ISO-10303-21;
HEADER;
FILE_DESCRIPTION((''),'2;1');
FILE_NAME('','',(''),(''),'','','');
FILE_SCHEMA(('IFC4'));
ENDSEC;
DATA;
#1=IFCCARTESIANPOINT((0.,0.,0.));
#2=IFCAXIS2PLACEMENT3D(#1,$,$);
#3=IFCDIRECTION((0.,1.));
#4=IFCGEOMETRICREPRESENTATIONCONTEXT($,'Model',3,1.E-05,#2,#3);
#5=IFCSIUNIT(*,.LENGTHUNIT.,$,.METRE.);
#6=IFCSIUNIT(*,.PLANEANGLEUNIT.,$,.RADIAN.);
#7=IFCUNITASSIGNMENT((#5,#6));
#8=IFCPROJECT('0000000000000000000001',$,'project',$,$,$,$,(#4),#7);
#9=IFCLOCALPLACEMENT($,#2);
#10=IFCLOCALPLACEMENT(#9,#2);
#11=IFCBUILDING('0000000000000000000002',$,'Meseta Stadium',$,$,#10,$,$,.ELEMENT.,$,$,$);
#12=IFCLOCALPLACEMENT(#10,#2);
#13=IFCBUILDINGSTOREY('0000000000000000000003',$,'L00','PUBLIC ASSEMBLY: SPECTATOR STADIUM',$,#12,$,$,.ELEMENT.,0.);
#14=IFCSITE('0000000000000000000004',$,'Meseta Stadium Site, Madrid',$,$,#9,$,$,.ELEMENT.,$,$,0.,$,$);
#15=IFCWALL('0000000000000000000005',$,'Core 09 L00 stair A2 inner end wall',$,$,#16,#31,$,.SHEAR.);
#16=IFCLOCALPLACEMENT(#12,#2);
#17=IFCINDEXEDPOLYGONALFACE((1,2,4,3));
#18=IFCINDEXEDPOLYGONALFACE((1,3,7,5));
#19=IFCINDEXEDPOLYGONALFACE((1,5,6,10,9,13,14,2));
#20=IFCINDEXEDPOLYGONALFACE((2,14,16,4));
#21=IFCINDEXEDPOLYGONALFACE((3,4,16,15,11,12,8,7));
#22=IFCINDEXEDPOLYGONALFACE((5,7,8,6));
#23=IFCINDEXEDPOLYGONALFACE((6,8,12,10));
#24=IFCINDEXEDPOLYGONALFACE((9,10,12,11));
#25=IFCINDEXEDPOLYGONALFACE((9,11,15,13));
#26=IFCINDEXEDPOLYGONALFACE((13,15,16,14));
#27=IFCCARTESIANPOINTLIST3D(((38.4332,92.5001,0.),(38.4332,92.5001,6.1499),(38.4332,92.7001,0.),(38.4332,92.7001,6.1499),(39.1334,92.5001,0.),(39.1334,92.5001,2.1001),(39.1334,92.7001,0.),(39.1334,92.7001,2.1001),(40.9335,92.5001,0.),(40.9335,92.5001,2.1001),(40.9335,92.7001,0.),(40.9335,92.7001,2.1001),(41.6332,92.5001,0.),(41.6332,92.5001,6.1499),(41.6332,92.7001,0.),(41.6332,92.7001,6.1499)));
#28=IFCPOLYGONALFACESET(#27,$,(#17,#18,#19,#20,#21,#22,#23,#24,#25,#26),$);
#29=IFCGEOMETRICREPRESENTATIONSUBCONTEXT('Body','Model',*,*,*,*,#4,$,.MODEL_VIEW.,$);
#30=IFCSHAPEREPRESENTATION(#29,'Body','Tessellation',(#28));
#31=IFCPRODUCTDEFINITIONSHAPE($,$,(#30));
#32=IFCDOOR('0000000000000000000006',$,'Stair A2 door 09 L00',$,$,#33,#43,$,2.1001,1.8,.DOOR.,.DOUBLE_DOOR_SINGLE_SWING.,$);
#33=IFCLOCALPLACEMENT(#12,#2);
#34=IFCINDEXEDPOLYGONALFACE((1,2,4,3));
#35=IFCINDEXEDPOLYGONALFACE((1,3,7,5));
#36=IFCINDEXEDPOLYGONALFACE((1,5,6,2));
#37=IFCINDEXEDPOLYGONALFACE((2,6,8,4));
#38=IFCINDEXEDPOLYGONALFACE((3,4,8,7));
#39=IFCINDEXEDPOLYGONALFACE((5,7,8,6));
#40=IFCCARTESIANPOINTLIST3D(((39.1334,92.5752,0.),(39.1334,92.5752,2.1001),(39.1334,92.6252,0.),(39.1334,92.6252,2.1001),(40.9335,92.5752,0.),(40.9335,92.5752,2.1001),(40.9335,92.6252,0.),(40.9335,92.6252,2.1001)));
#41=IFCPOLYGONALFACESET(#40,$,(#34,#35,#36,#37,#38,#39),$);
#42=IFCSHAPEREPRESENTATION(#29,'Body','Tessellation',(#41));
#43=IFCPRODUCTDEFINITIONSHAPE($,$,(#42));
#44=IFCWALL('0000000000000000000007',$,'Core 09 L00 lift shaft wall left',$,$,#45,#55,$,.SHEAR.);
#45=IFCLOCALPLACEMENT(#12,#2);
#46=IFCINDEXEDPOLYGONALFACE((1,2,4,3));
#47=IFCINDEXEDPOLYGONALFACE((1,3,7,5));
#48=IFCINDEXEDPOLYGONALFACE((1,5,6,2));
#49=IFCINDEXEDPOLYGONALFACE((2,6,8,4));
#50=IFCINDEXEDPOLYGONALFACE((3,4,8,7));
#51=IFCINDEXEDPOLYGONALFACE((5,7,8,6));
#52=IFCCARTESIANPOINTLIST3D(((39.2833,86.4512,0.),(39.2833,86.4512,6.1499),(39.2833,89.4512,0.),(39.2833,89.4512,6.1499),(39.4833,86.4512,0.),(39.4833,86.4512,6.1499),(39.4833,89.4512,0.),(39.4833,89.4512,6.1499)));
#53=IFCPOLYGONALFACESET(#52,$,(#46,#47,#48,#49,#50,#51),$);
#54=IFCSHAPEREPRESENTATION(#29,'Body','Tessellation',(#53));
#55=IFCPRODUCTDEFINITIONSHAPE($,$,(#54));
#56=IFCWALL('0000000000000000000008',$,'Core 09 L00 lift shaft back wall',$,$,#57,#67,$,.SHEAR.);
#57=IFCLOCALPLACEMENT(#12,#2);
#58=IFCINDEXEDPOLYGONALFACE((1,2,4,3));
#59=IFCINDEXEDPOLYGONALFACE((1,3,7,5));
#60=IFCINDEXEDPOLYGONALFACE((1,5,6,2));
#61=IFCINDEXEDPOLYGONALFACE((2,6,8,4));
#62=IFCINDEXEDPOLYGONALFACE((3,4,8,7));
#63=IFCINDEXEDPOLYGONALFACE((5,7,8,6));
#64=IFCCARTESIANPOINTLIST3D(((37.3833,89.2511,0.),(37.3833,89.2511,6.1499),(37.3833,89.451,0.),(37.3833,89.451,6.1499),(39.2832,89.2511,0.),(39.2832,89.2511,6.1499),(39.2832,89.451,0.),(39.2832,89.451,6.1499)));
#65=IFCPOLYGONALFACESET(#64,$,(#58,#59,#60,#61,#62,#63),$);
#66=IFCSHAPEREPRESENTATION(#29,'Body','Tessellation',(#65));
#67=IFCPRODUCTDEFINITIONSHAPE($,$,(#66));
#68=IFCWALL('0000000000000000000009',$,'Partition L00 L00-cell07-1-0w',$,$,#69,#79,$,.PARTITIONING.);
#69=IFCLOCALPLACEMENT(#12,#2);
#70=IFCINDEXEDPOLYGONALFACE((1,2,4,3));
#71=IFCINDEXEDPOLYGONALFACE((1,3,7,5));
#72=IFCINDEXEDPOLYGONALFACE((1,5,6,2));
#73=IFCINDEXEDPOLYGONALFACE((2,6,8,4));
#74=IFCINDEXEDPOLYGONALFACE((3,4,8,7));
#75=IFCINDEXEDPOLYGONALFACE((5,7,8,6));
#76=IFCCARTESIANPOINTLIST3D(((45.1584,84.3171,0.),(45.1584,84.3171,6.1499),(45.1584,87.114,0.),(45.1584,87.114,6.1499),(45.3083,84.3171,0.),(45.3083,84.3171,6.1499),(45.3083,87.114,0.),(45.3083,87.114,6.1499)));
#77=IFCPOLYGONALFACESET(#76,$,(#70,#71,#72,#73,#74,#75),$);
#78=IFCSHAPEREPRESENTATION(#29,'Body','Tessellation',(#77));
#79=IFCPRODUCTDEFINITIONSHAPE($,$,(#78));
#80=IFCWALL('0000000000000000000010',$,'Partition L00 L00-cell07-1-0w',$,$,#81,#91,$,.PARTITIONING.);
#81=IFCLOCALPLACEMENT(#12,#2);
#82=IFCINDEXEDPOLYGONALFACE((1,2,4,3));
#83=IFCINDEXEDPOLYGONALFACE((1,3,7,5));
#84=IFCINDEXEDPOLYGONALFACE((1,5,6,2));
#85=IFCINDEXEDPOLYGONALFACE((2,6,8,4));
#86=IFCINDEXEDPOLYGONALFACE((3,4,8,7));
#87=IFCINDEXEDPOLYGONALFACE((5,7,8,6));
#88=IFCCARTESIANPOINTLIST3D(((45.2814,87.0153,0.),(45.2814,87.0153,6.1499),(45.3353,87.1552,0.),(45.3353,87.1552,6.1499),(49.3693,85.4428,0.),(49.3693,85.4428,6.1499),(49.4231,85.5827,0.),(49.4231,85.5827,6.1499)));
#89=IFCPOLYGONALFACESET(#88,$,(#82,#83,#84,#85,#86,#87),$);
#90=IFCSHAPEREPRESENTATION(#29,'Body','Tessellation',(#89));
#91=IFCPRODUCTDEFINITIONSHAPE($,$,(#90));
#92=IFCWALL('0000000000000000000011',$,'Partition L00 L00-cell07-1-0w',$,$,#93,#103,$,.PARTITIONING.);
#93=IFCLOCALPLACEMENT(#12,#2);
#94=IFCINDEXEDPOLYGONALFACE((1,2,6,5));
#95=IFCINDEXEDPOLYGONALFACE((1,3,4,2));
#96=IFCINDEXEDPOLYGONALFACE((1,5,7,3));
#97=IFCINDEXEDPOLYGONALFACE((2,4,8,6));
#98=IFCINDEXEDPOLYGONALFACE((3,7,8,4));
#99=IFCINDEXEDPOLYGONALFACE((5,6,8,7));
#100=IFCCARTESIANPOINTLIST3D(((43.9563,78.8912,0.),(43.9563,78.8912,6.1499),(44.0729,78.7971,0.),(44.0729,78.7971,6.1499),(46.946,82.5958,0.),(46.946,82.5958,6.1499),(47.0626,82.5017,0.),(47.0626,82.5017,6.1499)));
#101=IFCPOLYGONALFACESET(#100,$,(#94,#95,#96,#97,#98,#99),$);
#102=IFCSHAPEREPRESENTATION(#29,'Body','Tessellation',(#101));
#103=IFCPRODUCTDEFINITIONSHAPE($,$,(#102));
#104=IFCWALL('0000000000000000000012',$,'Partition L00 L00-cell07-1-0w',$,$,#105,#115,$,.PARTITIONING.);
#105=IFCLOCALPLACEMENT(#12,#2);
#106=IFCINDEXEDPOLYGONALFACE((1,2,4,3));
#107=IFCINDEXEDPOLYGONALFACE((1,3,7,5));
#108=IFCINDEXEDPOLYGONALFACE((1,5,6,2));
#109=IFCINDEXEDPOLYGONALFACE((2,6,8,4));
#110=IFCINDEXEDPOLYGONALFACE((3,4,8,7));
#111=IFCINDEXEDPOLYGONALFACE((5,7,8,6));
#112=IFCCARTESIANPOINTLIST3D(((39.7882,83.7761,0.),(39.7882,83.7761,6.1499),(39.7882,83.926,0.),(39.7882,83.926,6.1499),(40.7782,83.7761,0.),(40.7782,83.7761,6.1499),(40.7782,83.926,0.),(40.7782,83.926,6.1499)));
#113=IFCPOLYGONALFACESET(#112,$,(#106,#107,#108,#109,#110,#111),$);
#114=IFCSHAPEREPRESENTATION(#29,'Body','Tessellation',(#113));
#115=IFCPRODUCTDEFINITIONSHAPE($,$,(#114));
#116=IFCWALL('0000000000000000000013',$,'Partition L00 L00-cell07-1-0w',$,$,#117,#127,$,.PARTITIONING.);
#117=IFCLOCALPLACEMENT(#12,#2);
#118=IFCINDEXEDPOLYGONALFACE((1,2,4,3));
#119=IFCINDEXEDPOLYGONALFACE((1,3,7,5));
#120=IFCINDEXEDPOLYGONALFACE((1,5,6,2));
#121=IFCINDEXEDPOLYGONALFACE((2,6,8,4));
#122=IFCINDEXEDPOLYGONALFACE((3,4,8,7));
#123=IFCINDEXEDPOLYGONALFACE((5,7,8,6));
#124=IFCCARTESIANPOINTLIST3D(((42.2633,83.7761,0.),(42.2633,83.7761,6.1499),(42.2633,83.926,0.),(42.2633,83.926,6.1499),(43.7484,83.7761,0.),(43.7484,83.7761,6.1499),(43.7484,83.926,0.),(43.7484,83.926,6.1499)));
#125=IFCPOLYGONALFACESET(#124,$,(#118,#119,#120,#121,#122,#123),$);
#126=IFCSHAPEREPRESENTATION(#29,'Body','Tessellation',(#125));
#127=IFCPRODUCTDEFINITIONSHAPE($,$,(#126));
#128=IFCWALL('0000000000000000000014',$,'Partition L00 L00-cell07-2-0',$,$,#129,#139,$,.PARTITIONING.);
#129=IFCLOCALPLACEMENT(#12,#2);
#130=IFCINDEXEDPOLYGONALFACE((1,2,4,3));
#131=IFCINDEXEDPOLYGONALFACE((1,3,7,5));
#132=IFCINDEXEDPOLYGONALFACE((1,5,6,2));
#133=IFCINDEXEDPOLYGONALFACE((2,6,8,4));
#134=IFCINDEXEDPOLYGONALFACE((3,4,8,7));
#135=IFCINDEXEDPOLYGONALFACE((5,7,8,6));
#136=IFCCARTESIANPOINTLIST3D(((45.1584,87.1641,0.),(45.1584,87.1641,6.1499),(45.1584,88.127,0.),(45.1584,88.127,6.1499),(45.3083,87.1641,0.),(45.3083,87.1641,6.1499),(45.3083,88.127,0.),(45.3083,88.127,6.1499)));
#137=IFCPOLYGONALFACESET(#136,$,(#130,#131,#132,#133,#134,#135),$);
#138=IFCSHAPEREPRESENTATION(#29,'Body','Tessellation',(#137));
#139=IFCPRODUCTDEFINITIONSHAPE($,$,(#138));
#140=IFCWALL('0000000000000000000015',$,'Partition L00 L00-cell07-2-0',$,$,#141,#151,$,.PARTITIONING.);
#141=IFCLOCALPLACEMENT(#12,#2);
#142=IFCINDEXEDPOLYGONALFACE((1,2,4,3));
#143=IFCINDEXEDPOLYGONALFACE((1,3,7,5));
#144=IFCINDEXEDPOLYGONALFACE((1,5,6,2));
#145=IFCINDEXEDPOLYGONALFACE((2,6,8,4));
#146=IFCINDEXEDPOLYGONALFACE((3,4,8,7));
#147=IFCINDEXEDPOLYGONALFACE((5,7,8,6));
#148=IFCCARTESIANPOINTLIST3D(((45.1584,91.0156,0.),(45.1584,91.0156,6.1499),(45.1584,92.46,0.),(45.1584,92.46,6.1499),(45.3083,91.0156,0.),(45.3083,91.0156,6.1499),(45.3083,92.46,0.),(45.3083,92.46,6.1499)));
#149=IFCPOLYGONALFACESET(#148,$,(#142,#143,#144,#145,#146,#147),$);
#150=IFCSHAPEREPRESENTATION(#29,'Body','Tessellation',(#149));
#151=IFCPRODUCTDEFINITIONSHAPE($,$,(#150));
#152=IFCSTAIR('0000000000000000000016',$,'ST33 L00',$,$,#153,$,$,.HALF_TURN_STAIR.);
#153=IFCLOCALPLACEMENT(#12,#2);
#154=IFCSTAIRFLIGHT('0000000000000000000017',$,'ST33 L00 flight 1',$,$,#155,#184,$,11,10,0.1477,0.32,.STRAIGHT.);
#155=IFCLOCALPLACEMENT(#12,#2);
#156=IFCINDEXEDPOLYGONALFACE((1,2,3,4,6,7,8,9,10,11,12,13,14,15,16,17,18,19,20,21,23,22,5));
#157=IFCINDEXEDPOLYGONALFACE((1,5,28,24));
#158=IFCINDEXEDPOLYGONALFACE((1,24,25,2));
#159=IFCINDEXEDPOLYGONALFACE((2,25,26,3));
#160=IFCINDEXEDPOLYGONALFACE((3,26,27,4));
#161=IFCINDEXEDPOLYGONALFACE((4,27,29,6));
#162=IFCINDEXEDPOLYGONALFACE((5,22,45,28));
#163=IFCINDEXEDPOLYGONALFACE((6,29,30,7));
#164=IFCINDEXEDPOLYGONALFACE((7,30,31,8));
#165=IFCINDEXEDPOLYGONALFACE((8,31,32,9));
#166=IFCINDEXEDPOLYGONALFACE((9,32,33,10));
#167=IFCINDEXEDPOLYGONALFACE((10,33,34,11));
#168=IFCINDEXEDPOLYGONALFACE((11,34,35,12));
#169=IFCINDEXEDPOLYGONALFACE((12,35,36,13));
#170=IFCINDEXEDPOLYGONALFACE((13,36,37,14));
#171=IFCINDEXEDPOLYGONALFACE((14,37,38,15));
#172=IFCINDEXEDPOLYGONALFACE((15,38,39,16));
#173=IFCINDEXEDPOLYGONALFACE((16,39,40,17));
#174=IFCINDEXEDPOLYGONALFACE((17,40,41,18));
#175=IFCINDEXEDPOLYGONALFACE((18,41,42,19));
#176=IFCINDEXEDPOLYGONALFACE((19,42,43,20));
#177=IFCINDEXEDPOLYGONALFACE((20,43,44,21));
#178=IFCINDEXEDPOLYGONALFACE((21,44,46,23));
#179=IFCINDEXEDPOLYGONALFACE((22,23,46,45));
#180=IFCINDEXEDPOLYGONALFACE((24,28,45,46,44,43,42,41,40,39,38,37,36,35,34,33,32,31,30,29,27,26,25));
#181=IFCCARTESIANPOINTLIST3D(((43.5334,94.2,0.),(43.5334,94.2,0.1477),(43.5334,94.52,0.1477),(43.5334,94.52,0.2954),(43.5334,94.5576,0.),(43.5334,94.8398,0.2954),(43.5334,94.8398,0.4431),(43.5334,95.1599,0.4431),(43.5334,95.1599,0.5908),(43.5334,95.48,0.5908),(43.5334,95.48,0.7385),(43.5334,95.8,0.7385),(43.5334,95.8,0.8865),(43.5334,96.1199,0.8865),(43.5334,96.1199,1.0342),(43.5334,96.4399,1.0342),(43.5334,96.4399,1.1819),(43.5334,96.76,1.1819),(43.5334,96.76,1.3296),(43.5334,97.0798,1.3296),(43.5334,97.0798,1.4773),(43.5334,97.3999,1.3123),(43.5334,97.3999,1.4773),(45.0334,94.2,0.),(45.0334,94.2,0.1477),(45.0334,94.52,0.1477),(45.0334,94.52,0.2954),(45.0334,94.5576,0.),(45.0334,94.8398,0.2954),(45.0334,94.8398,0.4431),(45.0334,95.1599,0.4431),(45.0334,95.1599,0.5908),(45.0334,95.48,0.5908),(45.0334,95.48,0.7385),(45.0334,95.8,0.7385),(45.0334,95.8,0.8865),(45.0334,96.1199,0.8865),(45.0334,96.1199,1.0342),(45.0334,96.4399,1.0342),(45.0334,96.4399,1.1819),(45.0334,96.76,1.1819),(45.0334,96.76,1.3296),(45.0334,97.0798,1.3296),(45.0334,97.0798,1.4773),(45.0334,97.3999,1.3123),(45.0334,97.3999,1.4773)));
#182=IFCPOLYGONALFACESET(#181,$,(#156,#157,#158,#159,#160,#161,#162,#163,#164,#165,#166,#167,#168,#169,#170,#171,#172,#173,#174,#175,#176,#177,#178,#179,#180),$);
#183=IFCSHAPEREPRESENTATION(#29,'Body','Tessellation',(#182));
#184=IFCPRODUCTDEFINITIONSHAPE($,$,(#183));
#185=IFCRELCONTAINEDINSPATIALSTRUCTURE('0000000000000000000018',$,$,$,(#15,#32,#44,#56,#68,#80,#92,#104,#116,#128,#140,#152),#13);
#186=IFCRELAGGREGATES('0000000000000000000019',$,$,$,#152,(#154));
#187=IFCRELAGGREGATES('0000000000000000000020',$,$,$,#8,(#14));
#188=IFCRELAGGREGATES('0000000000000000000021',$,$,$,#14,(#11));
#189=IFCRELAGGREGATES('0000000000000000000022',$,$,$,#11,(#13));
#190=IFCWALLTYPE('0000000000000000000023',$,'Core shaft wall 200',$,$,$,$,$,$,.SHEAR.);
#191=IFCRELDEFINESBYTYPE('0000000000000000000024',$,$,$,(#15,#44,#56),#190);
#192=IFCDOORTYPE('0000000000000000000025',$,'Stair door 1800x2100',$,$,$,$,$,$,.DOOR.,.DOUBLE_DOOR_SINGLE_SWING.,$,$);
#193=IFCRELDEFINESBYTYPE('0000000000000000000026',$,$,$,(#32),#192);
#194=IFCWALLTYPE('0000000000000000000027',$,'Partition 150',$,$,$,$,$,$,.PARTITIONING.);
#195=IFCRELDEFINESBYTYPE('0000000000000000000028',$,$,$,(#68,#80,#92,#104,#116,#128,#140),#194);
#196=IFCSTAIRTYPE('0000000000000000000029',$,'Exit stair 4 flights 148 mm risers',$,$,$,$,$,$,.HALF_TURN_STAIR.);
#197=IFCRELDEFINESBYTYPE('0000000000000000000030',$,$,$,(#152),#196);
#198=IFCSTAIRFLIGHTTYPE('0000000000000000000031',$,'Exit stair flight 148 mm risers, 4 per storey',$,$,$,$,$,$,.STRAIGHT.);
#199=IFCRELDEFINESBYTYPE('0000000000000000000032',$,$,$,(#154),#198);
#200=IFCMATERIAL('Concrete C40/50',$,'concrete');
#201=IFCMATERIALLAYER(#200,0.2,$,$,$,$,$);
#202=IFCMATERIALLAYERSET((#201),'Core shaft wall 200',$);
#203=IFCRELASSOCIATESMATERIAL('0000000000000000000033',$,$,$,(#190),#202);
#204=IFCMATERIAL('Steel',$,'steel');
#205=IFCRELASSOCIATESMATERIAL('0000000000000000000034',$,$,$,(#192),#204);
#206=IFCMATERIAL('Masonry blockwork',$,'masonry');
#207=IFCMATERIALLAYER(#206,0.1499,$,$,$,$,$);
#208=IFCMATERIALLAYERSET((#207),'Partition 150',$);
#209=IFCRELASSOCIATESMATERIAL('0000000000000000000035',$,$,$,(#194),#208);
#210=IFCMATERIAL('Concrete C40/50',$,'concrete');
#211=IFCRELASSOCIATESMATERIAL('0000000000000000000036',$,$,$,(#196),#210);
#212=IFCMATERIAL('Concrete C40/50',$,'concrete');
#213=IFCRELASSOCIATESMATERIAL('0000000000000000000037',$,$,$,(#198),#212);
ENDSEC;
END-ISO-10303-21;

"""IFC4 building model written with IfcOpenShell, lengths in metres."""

from ifc_helpers import new_model, si_unit, direction, frame, frame_2d, origin, place, context, subcontext, project, spatial, polyline, rectangle, outline, extrude, material, layer, layer_set, type_object, element, fill, aggregate, save


model = new_model("IFC4")

# Units and contexts
model_context = context("Model", 3, precision=1e-05, world=origin(), true_north=direction((0.0, 1.0)))
body_context = subcontext(model_context, "Body", "Model", "MODEL_VIEW")
ifc_project = project(units=[si_unit("LENGTHUNIT", "METRE"), si_unit("PLANEANGLEUNIT", "RADIAN")], contexts=[model_context])

# Site, building, storey
site_placement = place(None, origin())
site = spatial("IfcSite", under=ifc_project, at=site_placement, Name="Meseta Stadium Site, Madrid", CompositionType="ELEMENT", RefElevation=0.0)
building_placement = place(site_placement, origin())
building = spatial("IfcBuilding", under=site, at=building_placement, Name="Meseta Stadium", CompositionType="ELEMENT")
storey_placement = place(building_placement, origin())
storey = spatial("IfcBuildingStorey", under=building, at=storey_placement, Name="L00", Description="PUBLIC ASSEMBLY: SPECTATOR STADIUM", CompositionType="ELEMENT", Elevation=0.0)

# Wall, opening, door
ifc_material_1 = material(Name="Concrete C40/50", Category="concrete")
ifc_layer_1 = layer(ifc_material_1, 0.2)
ifc_layer_set_1 = layer_set([ifc_layer_1], Name="Core shaft wall 200")
wall_type_1 = type_object("IfcWallType", Name="Core shaft wall 200", PredefinedType="SHEAR", material=ifc_layer_set_1)
ifc_material_2 = material(Name="Steel", Category="steel")
door_type = type_object("IfcDoorType", Name="Stair door 1800x2100", OperationType="DOUBLE_DOOR_SINGLE_SWING", PredefinedType="DOOR", material=ifc_material_2)
wall_1_placement = place(storey_placement, frame((41.6333, 92.6001, 0.0), z_axis=(0.0, 0.0, 1.0), x_axis=(-1.0, 0.0, 0.0)))
wall_1 = element("IfcWall", 1, at=wall_1_placement, inside=storey, type_object=wall_type_1, Name="Core 09 L00 stair A2 inner end wall", PredefinedType="SHEAR", context=body_context, shape_type="SweptSolid", body=[
    extrude(rectangle(XDim=3.2, YDim=0.2, at=frame_2d((1.6001, 0.0))), origin(), (0.0, 0.0, 1.0), 6.1499),
])
opening_1_placement = place(wall_1_placement, frame((0.7, 0.0, 0.0)))
opening_1 = element("IfcOpeningElement", 2, at=opening_1_placement, cuts=wall_1, PredefinedType="OPENING", context=body_context, shape_type="SweptSolid", body=[
    extrude(rectangle(XDim=1.8, YDim=2.1001, at=frame_2d((0.8999, 1.05))), frame((0.0, 0.1099, 0.0), z_axis=(0.0, -1.0, 0.0), x_axis=(1.0, 0.0, 0.0)), (0.0, 0.0, 1.0), 0.22),
])
door_1_placement = place(opening_1_placement, origin())
door_1 = element("IfcDoor", 3, at=door_1_placement, inside=storey, type_object=door_type, Name="Stair A2 door 09 L00", OperationType="DOUBLE_DOOR_SINGLE_SWING", OverallHeight=2.1001, OverallWidth=1.8, PredefinedType="DOOR", context=body_context, shape_type="SweptSolid", body=[
    extrude(rectangle(XDim=1.8, YDim=2.1001, at=frame_2d((0.8999, 1.05))), frame((0.0, 0.0249, 0.0), z_axis=(0.0, -1.0, 0.0), x_axis=(1.0, 0.0, 0.0)), (0.0, 0.0, 1.0), 0.05),
])
fill(opening_1, door_1)

# Walls
wall_2_placement = place(storey_placement, frame((39.3833, 89.4512, 0.0), z_axis=(0.0, 0.0, 1.0), x_axis=(0.0, -1.0, 0.0)))
element("IfcWall", 4, at=wall_2_placement, inside=storey, type_object=wall_type_1, Name="Core 09 L00 lift shaft wall left", PredefinedType="SHEAR", context=body_context, shape_type="SweptSolid", body=[
    extrude(rectangle(XDim=3.0, YDim=0.2, at=frame_2d((1.5, 0.0))), origin(), (0.0, 0.0, 1.0), 6.1499),
])
wall_3_placement = place(storey_placement, frame((39.2832, 89.3511, 0.0), z_axis=(0.0, 0.0, 1.0), x_axis=(-1.0, 0.0, 0.0)))
element("IfcWall", 5, at=wall_3_placement, inside=storey, type_object=wall_type_1, Name="Core 09 L00 lift shaft back wall", PredefinedType="SHEAR", context=body_context, shape_type="SweptSolid", body=[
    extrude(rectangle(XDim=1.8999, YDim=0.2, at=frame_2d((0.95, 0.0))), origin(), (0.0, 0.0, 1.0), 6.1499),
])
ifc_material_3 = material(Name="Masonry blockwork", Category="masonry")
ifc_layer_2 = layer(ifc_material_3, 0.1499)
ifc_layer_set_2 = layer_set([ifc_layer_2], Name="Partition 150")
wall_type_2 = type_object("IfcWallType", Name="Partition 150", PredefinedType="PARTITIONING", material=ifc_layer_set_2)
wall_4_placement = place(storey_placement, frame((45.2334, 84.3171, 0.0), z_axis=(0.0, 0.0, 1.0), x_axis=(0.0, 1.0, 0.0)))
element("IfcWall", 6, at=wall_4_placement, inside=storey, type_object=wall_type_2, Name="Partition L00 L00-cell07-1-0w", PredefinedType="PARTITIONING", context=body_context, shape_type="SweptSolid", body=[
    extrude(rectangle(XDim=2.7969, YDim=0.1499, at=frame_2d((1.3984, 0.0))), origin(), (0.0, 0.0, 1.0), 6.1499),
])
wall_5_placement = place(storey_placement, frame((45.3083, 87.0852, 0.0), z_axis=(0.0, 0.0, 1.0), x_axis=(0.933327, -0.359028, 0.0)))
element("IfcWall", 7, at=wall_5_placement, inside=storey, type_object=wall_type_2, Name="Partition L00 L00-cell07-1-0w", PredefinedType="PARTITIONING", context=body_context, shape_type="SweptSolid", body=[
    extrude(rectangle(XDim=4.3799, YDim=0.1499, at=frame_2d((2.1899, 0.0))), origin(), (0.0, 0.0, 1.0), 6.1499),
])
wall_6_placement = place(storey_placement, frame((47.0044, 82.5488, 0.0), z_axis=(0.0, 0.0, 1.0), x_axis=(-0.628029, -0.77819, 0.0)))
element("IfcWall", 8, at=wall_6_placement, inside=storey, type_object=wall_type_2, Name="Partition L00 L00-cell07-1-0w", PredefinedType="PARTITIONING", context=body_context, shape_type="SweptSolid", body=[
    extrude(rectangle(XDim=4.7605, YDim=0.1499, at=frame_2d((2.3804, 0.0))), origin(), (0.0, 0.0, 1.0), 6.1499),
])
wall_7_placement = place(storey_placement, frame((39.7881, 83.8511, 0.0), z_axis=(0.0, 0.0, 1.0), x_axis=(1.0, 0.0, 0.0)))
element("IfcWall", 9, at=wall_7_placement, inside=storey, type_object=wall_type_2, Name="Partition L00 L00-cell07-1-0w", PredefinedType="PARTITIONING", context=body_context, shape_type="SweptSolid", body=[
    extrude(rectangle(XDim=0.99, YDim=0.1499, at=frame_2d((0.4951, 0.0))), origin(), (0.0, 0.0, 1.0), 6.1499),
])
wall_8_placement = place(storey_placement, frame((42.2632, 83.8511, 0.0), z_axis=(0.0, 0.0, 1.0), x_axis=(1.0, 0.0, 0.0)))
element("IfcWall", 10, at=wall_8_placement, inside=storey, type_object=wall_type_2, Name="Partition L00 L00-cell07-1-0w", PredefinedType="PARTITIONING", context=body_context, shape_type="SweptSolid", body=[
    extrude(rectangle(XDim=1.4851, YDim=0.1499, at=frame_2d((0.7427, 0.0))), origin(), (0.0, 0.0, 1.0), 6.1499),
])
wall_9_placement = place(storey_placement, frame((45.2334, 87.1641, 0.0), z_axis=(0.0, 0.0, 1.0), x_axis=(0.0, 1.0, 0.0)))
element("IfcWall", 11, at=wall_9_placement, inside=storey, type_object=wall_type_2, Name="Partition L00 L00-cell07-2-0", PredefinedType="PARTITIONING", context=body_context, shape_type="SweptSolid", body=[
    extrude(rectangle(XDim=0.9629, YDim=0.1499, at=frame_2d((0.4814, 0.0))), origin(), (0.0, 0.0, 1.0), 6.1499),
])
wall_10_placement = place(storey_placement, frame((45.2334, 91.0156, 0.0), z_axis=(0.0, 0.0, 1.0), x_axis=(0.0, 1.0, 0.0)))
element("IfcWall", 12, at=wall_10_placement, inside=storey, type_object=wall_type_2, Name="Partition L00 L00-cell07-2-0", PredefinedType="PARTITIONING", context=body_context, shape_type="SweptSolid", body=[
    extrude(rectangle(XDim=1.4443, YDim=0.1499, at=frame_2d((0.7222, 0.0))), origin(), (0.0, 0.0, 1.0), 6.1499),
])

# Stair, stair flight
ifc_material_4 = material(Name="Concrete C40/50", Category="concrete")
stair_type = type_object("IfcStairType", Name="Exit stair 4 flights 148 mm risers", PredefinedType="HALF_TURN_STAIR", material=ifc_material_4)
stair_1_placement = place(storey_placement, origin())
stair_1 = element("IfcStair", 13, at=stair_1_placement, inside=storey, type_object=stair_type, Name="ST33 L00", PredefinedType="HALF_TURN_STAIR")
ifc_material_5 = material(Name="Concrete C40/50", Category="concrete")
stair_flight_type = type_object("IfcStairFlightType", Name="Exit stair flight 148 mm risers, 4 per storey", PredefinedType="STRAIGHT", material=ifc_material_5)
stair_flight_1_placement = place(storey_placement, frame((44.2834, 94.2, 0.0), z_axis=(0.0, 0.0, 1.0), x_axis=(0.0, 1.0, 0.0)))
stair_flight_1 = element("IfcStairFlight", 14, at=stair_flight_1_placement, type_object=stair_flight_type, Name="ST33 L00 flight 1", NumberOfRisers=11, NumberOfTreads=10, PredefinedType="STRAIGHT", RiserHeight=0.1477, TreadLength=0.32, context=body_context, shape_type="SweptSolid", body=[
    extrude(outline(polyline([(0.0, 0.0), (0.0, 0.1477), (0.3201, 0.1477), (0.3201, 0.2954), (0.6399, 0.2954), (0.6399, 0.4431), (0.96, 0.4431), (0.96, 0.5908), (1.28, 0.5908), (1.28, 0.7385), (1.6001, 0.7385), (1.6001, 0.8865), (1.9199, 0.8865), (1.9199, 1.0342), (2.24, 1.0342), (2.24, 1.1819), (2.5601, 1.1819), (2.5601, 1.3296), (2.8799, 1.3296), (2.8799, 1.4773), (3.2, 1.4773), (3.2, 1.3123), (0.3577, 0.0), (0.0, 0.0)])), frame((0.0, 0.75, 0.0), z_axis=(0.0, -1.0, 0.0), x_axis=(1.0, 0.0, 0.0)), (0.0, 0.0, 1.0), 1.5),
])
aggregate(stair_1, [stair_flight_1])

save(model, "model.ifc")
